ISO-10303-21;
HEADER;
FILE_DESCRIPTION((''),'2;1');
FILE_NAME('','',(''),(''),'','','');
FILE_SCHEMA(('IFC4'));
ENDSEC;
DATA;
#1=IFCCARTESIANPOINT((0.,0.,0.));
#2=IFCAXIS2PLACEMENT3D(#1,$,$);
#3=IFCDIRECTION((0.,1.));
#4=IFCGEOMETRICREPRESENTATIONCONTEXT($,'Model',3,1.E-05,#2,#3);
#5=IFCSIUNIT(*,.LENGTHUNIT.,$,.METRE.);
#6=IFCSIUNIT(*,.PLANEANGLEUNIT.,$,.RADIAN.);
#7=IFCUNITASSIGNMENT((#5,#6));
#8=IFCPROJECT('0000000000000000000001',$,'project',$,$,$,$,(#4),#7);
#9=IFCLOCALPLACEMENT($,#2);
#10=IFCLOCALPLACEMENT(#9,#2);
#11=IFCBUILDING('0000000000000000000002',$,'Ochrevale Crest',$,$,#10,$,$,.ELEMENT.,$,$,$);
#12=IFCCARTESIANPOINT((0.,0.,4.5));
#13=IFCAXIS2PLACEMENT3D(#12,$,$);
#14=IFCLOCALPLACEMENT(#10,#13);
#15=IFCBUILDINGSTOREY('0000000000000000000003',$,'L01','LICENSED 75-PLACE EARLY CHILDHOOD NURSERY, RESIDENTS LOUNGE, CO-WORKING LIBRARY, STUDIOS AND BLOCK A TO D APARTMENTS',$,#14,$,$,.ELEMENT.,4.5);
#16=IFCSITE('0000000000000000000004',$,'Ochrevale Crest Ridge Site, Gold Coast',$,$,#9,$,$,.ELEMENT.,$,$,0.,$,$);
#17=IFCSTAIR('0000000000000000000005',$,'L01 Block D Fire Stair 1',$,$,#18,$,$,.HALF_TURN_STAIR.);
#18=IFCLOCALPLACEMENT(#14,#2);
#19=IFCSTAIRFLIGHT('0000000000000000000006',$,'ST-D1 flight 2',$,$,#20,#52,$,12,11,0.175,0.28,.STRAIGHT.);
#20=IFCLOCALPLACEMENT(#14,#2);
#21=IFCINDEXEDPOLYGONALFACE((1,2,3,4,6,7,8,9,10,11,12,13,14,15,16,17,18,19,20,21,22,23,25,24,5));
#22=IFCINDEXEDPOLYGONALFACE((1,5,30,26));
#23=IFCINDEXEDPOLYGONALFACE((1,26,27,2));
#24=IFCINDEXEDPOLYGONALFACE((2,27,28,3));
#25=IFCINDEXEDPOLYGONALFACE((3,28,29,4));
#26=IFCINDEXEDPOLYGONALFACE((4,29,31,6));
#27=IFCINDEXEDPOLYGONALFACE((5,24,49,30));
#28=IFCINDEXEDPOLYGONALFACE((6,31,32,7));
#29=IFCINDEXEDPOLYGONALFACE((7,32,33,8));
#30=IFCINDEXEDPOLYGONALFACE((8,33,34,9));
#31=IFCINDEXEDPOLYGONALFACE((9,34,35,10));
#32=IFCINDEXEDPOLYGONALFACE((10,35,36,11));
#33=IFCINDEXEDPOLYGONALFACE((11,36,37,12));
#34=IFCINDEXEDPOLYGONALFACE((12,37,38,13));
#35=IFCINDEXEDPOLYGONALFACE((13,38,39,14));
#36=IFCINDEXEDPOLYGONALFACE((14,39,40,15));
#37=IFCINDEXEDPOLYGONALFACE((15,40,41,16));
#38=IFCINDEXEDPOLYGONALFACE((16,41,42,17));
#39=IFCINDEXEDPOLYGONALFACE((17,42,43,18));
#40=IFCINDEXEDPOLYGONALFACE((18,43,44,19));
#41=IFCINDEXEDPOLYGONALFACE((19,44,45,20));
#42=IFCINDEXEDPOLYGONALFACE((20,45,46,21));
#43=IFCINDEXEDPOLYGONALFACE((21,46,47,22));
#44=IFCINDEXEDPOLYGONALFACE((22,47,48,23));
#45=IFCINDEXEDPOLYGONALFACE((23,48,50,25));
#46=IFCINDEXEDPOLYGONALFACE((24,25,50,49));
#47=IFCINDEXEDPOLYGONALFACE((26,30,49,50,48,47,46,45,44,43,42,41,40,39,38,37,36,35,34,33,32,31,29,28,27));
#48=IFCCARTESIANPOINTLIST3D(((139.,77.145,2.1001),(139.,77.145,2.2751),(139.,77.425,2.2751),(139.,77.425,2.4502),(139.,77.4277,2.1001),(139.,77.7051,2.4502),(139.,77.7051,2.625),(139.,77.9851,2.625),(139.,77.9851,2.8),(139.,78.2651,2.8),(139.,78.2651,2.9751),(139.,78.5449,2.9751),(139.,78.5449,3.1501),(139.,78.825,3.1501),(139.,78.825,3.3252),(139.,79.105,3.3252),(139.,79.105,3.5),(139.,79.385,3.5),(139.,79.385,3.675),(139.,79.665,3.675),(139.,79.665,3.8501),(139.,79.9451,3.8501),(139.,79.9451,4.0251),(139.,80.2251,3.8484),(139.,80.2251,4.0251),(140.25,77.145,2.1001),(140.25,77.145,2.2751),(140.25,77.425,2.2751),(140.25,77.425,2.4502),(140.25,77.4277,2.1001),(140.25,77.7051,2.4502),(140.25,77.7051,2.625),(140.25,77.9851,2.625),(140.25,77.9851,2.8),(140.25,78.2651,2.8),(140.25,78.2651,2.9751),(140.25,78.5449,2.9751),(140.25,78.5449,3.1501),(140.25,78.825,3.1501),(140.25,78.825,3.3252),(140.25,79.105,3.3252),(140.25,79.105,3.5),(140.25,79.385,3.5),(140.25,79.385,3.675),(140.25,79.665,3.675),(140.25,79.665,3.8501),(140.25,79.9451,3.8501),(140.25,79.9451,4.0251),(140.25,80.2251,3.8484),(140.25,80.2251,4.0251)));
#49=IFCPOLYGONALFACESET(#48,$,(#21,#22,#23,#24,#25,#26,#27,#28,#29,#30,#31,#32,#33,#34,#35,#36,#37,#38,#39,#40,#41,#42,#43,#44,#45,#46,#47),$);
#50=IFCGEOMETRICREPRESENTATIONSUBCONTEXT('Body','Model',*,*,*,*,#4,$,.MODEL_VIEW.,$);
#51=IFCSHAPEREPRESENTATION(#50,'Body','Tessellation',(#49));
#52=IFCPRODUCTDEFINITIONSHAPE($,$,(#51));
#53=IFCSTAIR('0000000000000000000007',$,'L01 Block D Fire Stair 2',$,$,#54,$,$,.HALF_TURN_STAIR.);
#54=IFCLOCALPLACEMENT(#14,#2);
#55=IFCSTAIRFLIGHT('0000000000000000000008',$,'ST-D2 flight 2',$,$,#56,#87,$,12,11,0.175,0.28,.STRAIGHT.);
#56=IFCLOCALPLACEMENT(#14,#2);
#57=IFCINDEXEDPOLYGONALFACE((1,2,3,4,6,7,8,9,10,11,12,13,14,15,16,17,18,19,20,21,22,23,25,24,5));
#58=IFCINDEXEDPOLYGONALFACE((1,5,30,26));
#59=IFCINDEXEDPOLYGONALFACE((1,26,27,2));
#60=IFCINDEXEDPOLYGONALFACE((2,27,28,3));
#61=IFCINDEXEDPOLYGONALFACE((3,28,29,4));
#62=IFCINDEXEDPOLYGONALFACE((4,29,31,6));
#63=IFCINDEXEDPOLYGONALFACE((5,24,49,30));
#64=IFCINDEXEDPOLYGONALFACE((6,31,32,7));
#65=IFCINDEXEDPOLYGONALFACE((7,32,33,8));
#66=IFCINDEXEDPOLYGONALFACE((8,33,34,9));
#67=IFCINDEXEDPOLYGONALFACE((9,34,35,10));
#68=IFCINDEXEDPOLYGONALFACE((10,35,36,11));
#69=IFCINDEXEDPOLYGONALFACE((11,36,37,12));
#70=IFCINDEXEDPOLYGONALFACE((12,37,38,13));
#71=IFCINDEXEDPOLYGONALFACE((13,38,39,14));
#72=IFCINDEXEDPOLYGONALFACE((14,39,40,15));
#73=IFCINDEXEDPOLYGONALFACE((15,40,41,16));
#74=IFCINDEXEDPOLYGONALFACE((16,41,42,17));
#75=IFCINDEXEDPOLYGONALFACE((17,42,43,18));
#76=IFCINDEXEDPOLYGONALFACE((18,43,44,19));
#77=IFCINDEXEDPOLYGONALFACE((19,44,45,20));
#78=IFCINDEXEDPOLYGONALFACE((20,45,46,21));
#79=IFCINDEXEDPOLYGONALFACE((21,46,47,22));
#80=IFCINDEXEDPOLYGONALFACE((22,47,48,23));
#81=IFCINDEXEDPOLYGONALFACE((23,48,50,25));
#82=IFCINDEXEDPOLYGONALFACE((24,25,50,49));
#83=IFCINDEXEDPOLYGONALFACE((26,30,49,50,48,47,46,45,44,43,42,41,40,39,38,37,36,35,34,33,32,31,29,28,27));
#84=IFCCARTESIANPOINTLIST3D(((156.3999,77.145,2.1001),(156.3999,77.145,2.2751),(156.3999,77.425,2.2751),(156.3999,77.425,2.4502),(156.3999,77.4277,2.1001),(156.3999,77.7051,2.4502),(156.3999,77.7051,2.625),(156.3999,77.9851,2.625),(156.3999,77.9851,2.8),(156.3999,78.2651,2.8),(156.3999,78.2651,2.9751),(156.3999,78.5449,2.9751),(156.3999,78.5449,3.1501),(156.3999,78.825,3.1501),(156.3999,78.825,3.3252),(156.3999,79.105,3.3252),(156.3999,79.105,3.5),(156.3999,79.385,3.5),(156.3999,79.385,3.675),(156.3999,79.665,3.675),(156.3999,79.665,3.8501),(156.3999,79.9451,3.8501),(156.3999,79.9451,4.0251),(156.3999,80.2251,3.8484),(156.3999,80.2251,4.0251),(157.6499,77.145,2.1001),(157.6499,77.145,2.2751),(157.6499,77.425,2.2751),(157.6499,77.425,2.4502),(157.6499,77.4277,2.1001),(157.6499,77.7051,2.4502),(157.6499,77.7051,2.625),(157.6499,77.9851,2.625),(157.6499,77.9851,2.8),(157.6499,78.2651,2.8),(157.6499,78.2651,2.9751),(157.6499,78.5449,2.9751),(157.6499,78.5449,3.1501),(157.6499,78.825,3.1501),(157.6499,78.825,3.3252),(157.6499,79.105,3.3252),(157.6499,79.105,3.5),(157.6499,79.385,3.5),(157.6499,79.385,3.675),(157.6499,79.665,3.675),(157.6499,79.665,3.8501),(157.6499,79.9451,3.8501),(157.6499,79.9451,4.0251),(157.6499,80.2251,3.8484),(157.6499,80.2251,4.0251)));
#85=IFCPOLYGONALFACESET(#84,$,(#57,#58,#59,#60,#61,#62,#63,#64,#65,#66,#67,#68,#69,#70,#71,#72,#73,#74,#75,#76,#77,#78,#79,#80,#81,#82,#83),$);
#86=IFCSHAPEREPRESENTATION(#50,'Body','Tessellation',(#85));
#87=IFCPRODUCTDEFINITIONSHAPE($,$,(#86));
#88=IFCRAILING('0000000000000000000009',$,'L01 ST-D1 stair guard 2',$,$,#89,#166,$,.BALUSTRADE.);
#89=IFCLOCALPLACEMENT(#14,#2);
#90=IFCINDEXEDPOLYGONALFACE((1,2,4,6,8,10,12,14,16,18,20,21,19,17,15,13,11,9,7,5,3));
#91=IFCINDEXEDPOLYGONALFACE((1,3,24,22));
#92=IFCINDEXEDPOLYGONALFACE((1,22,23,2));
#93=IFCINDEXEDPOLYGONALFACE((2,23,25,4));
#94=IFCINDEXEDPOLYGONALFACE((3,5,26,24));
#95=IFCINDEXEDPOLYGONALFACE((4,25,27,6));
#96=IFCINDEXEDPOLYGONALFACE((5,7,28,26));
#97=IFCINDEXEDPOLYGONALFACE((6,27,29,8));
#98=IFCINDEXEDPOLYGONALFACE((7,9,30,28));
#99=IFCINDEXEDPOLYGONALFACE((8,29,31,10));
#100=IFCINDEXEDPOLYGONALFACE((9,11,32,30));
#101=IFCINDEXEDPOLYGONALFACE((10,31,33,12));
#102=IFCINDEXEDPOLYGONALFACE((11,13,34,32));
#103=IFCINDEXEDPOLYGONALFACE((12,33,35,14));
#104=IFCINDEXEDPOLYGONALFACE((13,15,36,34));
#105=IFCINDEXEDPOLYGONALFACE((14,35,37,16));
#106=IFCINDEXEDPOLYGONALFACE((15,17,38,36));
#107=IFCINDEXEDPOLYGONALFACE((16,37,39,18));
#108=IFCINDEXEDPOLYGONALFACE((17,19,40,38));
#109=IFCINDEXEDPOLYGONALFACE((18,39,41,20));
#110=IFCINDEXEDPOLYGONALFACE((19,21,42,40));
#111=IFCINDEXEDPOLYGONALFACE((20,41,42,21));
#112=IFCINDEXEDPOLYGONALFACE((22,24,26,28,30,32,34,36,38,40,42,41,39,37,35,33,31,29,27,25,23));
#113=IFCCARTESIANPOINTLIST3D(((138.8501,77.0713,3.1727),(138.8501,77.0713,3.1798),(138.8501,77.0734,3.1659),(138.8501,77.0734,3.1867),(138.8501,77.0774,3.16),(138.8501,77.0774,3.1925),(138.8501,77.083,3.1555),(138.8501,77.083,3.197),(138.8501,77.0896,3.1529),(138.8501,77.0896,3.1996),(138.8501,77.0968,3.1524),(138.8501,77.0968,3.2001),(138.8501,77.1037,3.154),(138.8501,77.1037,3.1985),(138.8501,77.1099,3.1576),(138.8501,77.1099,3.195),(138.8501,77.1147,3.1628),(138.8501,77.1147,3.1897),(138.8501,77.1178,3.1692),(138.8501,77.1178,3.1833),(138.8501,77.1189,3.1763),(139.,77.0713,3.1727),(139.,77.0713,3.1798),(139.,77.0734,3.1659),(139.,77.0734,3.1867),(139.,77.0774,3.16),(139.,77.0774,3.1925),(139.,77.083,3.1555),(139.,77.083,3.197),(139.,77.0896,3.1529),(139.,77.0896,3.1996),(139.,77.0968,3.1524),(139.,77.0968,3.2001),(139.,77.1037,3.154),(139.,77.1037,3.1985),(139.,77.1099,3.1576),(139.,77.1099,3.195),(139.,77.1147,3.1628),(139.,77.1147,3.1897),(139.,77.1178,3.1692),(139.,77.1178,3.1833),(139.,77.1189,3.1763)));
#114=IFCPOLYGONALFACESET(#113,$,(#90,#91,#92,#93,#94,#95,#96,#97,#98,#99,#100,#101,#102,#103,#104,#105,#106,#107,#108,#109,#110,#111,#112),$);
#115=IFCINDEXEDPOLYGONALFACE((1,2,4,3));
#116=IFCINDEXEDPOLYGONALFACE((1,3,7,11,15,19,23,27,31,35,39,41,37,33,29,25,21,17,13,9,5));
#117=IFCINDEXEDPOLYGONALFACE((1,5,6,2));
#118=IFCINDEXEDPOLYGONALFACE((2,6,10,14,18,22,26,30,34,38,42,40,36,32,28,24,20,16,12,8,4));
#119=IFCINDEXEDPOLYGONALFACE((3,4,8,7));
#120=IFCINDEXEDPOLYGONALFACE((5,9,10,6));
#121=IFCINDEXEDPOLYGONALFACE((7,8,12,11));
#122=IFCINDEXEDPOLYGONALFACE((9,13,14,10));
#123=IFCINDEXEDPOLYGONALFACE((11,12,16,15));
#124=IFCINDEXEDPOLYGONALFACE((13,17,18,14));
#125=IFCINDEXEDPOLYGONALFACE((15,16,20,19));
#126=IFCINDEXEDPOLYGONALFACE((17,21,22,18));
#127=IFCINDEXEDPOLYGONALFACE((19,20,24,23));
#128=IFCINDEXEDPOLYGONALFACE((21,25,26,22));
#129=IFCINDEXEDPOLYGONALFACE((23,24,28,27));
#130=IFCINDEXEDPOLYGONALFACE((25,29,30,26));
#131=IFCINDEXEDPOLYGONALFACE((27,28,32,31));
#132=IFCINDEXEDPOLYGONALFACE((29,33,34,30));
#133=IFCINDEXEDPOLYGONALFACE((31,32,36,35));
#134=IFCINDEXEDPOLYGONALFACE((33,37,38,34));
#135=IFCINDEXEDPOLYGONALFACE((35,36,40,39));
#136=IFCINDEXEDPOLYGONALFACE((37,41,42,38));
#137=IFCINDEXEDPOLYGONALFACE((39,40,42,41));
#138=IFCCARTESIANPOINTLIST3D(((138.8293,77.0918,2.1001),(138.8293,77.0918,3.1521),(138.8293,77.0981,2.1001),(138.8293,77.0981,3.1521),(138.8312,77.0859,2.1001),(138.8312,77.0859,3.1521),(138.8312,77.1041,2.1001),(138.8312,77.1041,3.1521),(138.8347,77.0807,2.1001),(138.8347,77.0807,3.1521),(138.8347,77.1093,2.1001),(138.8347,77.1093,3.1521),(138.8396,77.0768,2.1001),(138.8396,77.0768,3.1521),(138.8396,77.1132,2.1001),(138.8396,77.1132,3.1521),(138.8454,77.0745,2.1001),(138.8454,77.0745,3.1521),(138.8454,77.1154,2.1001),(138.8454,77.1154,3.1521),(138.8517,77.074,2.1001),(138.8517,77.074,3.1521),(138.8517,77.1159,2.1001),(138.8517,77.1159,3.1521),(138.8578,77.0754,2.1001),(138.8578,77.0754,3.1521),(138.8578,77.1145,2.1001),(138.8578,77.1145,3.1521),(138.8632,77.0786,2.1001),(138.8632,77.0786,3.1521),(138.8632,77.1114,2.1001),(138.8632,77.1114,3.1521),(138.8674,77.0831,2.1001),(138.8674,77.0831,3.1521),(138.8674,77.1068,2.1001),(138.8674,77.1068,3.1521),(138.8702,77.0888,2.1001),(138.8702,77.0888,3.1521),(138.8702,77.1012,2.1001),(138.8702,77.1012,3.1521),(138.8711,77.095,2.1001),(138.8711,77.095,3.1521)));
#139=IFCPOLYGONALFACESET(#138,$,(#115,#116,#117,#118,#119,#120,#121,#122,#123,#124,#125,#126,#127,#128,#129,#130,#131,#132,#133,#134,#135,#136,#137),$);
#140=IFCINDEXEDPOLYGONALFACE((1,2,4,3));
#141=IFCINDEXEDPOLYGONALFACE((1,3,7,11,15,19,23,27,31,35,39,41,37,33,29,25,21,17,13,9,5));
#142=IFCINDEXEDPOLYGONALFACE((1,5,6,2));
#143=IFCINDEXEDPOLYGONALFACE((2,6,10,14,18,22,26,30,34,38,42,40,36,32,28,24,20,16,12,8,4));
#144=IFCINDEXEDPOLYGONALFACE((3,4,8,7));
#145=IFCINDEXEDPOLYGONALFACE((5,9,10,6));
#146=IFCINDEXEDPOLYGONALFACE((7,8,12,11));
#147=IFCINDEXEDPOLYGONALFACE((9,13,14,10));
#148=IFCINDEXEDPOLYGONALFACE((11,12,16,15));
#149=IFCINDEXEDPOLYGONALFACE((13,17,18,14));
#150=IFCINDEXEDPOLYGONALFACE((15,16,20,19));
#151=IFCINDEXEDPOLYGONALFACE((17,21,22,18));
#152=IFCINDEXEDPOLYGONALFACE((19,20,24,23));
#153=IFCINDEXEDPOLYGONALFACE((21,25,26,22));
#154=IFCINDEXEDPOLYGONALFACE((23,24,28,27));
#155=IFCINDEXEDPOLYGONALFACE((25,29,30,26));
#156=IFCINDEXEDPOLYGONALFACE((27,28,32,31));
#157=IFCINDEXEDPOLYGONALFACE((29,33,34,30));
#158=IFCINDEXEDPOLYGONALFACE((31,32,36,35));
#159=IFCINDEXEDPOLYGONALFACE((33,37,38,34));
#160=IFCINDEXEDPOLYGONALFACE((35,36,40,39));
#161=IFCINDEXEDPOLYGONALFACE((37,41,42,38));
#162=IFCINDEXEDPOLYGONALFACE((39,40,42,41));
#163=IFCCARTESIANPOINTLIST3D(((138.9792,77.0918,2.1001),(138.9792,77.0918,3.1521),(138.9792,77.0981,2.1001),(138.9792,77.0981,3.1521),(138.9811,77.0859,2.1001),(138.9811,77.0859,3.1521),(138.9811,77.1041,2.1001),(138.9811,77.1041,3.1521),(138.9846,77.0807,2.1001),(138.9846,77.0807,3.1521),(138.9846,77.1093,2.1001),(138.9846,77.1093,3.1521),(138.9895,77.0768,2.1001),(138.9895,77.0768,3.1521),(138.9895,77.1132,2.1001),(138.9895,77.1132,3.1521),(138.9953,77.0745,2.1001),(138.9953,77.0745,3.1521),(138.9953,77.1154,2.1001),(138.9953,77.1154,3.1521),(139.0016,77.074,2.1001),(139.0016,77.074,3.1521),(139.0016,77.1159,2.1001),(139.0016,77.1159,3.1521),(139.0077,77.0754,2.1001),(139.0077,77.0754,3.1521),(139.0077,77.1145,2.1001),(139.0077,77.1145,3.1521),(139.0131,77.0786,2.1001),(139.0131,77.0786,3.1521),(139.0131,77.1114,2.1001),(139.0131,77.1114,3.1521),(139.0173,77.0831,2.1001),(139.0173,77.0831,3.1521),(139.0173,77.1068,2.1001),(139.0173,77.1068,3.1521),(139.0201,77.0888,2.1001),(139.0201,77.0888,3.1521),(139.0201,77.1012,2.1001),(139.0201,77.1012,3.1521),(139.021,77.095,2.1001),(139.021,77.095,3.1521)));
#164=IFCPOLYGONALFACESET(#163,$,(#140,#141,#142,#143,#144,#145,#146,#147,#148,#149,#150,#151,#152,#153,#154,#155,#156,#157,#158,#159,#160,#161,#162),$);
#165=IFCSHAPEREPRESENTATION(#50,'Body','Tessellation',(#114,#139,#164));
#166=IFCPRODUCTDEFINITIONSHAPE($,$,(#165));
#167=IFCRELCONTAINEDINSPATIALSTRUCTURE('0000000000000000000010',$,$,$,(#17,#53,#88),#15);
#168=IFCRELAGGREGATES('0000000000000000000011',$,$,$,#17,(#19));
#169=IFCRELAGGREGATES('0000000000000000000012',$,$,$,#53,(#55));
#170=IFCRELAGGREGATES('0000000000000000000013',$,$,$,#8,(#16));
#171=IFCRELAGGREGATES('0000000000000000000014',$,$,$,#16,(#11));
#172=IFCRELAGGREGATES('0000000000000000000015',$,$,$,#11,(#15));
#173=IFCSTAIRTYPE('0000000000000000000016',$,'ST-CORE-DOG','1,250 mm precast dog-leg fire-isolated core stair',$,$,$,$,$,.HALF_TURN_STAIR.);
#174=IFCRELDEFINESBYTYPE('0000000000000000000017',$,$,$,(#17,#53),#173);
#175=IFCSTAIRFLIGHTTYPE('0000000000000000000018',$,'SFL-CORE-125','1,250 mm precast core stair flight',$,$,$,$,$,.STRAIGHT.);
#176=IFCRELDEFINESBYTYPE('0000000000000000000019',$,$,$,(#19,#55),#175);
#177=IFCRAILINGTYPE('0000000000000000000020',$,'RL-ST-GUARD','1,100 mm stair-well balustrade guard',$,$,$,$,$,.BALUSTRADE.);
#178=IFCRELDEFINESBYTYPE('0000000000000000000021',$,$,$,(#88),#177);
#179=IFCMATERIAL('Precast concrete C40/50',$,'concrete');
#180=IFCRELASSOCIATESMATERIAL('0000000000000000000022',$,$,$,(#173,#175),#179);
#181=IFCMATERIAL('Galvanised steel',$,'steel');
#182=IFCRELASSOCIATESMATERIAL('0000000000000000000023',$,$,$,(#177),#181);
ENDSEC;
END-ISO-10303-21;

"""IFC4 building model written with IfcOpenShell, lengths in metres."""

from ifc_helpers import new_model, si_unit, direction, frame, origin, origin_2d, place, context, subcontext, project, spatial, polyline, circle, outline, extrude, material, type_object, element, aggregate, save


model = new_model("IFC4")

# Units and contexts
model_context = context("Model", 3, precision=1e-05, world=origin(), true_north=direction((0.0, 1.0)))
body_context = subcontext(model_context, "Body", "Model", "MODEL_VIEW")
ifc_project = project(units=[si_unit("LENGTHUNIT", "METRE"), si_unit("PLANEANGLEUNIT", "RADIAN")], contexts=[model_context])

# Site, building, storey
site_placement = place(None, origin())
site = spatial("IfcSite", under=ifc_project, at=site_placement, Name="Ochrevale Crest Ridge Site, Gold Coast", CompositionType="ELEMENT", RefElevation=0.0)
building_placement = place(site_placement, origin())
building = spatial("IfcBuilding", under=site, at=building_placement, Name="Ochrevale Crest", CompositionType="ELEMENT")
storey_placement = place(building_placement, frame((0.0, 0.0, 4.5)))
storey = spatial("IfcBuildingStorey", under=building, at=storey_placement, Name="L01", Description="LICENSED 75-PLACE EARLY CHILDHOOD NURSERY, RESIDENTS LOUNGE, CO-WORKING LIBRARY, STUDIOS AND BLOCK A TO D APARTMENTS", CompositionType="ELEMENT", Elevation=4.5)

# Stairs, stair flights
ifc_material_1 = material(Name="Precast concrete C40/50", Category="concrete")
stair_type = type_object("IfcStairType", Name="ST-CORE-DOG", Description="1,250 mm precast dog-leg fire-isolated core stair", PredefinedType="HALF_TURN_STAIR", material=ifc_material_1)
stair_1_placement = place(storey_placement, origin())
stair_1 = element("IfcStair", 1, at=stair_1_placement, inside=storey, type_object=stair_type, Name="L01 Block D Fire Stair 1", PredefinedType="HALF_TURN_STAIR")
stair_flight_type = type_object("IfcStairFlightType", Name="SFL-CORE-125", Description="1,250 mm precast core stair flight", PredefinedType="STRAIGHT", material=ifc_material_1)
stair_flight_1_placement = place(storey_placement, frame((139.625, 77.145, 2.1001), z_axis=(0.0, 0.0, 1.0), x_axis=(0.0, 1.0, 0.0)))
stair_flight_1 = element("IfcStairFlight", 2, at=stair_flight_1_placement, type_object=stair_flight_type, Name="ST-D1 flight 2", NumberOfRisers=12, NumberOfTreads=11, PredefinedType="STRAIGHT", RiserHeight=0.175, TreadLength=0.28, context=body_context, shape_type="SweptSolid", body=[
    extrude(outline(polyline([(0.0, 0.0), (0.0, 0.175), (0.28, 0.175), (0.28, 0.3501), (0.5601, 0.3501), (0.5601, 0.5249), (0.8401, 0.5249), (0.8401, 0.7), (1.1201, 0.7), (1.1201, 0.875), (1.3999, 0.875), (1.3999, 1.05), (1.6799, 1.05), (1.6799, 1.2251), (1.96, 1.2251), (1.96, 1.3999), (2.24, 1.3999), (2.24, 1.575), (2.52, 1.575), (2.52, 1.75), (2.8, 1.75), (2.8, 1.925), (3.0801, 1.925), (3.0801, 2.1001), (3.0801, 1.7483), (0.2827, 0.0), (0.0, 0.0)])), frame((0.0, 0.625, 0.0), z_axis=(0.0, -1.0, 0.0), x_axis=(1.0, 0.0, 0.0)), (0.0, 0.0, 1.0), 1.25),
])
aggregate(stair_1, [stair_flight_1])
stair_2_placement = place(storey_placement, origin())
stair_2 = element("IfcStair", 3, at=stair_2_placement, inside=storey, type_object=stair_type, Name="L01 Block D Fire Stair 2", PredefinedType="HALF_TURN_STAIR")
stair_flight_2_placement = place(storey_placement, frame((157.0249, 77.145, 2.1001), z_axis=(0.0, 0.0, 1.0), x_axis=(0.0, 1.0, 0.0)))
stair_flight_2 = element("IfcStairFlight", 4, at=stair_flight_2_placement, type_object=stair_flight_type, Name="ST-D2 flight 2", NumberOfRisers=12, NumberOfTreads=11, PredefinedType="STRAIGHT", RiserHeight=0.175, TreadLength=0.28, context=body_context, shape_type="SweptSolid", body=[
    extrude(outline(polyline([(0.0, 0.0), (0.0, 0.175), (0.28, 0.175), (0.28, 0.3501), (0.5601, 0.3501), (0.5601, 0.5249), (0.8401, 0.5249), (0.8401, 0.7), (1.1201, 0.7), (1.1201, 0.875), (1.3999, 0.875), (1.3999, 1.05), (1.6799, 1.05), (1.6799, 1.2251), (1.96, 1.2251), (1.96, 1.3999), (2.24, 1.3999), (2.24, 1.575), (2.52, 1.575), (2.52, 1.75), (2.8, 1.75), (2.8, 1.925), (3.0801, 1.925), (3.0801, 2.1001), (3.0801, 1.7483), (0.2827, 0.0), (0.0, 0.0)])), frame((0.0, 0.625, 0.0), z_axis=(0.0, -1.0, 0.0), x_axis=(1.0, 0.0, 0.0)), (0.0, 0.0, 1.0), 1.25),
])
aggregate(stair_2, [stair_flight_2])

# Railing
ifc_material_2 = material(Name="Galvanised steel", Category="steel")
railing_type_1 = type_object("IfcRailingType", Name="RL-ST-GUARD", Description="1,100 mm stair-well balustrade guard", PredefinedType="BALUSTRADE", material=ifc_material_2)
railing_1_placement = place(storey_placement, frame((138.8501, 77.095, 2.1001)))
element("IfcRailing", 5, at=railing_1_placement, inside=storey, type_object=railing_type_1, Name="L01 ST-D1 stair guard 2", PredefinedType="BALUSTRADE", context=body_context, shape_type="SweptSolid", body=[
    extrude(circle(Radius=0.0239, at=origin_2d()), frame((0.0, 0.0, 1.0762), z_axis=(1.0, 0.0, 0.0), x_axis=(0.0, 1.0, 0.0)), (0.0, 0.0, 1.0), 0.1499),
    extrude(circle(Radius=0.021, at=origin_2d()), origin(), (0.0, 0.0, 1.0), 1.052),
    extrude(circle(Radius=0.021, at=origin_2d()), frame((0.1499, 0.0, 0.0)), (0.0, 0.0, 1.0), 1.052),
])

save(model, "model.ifc")
